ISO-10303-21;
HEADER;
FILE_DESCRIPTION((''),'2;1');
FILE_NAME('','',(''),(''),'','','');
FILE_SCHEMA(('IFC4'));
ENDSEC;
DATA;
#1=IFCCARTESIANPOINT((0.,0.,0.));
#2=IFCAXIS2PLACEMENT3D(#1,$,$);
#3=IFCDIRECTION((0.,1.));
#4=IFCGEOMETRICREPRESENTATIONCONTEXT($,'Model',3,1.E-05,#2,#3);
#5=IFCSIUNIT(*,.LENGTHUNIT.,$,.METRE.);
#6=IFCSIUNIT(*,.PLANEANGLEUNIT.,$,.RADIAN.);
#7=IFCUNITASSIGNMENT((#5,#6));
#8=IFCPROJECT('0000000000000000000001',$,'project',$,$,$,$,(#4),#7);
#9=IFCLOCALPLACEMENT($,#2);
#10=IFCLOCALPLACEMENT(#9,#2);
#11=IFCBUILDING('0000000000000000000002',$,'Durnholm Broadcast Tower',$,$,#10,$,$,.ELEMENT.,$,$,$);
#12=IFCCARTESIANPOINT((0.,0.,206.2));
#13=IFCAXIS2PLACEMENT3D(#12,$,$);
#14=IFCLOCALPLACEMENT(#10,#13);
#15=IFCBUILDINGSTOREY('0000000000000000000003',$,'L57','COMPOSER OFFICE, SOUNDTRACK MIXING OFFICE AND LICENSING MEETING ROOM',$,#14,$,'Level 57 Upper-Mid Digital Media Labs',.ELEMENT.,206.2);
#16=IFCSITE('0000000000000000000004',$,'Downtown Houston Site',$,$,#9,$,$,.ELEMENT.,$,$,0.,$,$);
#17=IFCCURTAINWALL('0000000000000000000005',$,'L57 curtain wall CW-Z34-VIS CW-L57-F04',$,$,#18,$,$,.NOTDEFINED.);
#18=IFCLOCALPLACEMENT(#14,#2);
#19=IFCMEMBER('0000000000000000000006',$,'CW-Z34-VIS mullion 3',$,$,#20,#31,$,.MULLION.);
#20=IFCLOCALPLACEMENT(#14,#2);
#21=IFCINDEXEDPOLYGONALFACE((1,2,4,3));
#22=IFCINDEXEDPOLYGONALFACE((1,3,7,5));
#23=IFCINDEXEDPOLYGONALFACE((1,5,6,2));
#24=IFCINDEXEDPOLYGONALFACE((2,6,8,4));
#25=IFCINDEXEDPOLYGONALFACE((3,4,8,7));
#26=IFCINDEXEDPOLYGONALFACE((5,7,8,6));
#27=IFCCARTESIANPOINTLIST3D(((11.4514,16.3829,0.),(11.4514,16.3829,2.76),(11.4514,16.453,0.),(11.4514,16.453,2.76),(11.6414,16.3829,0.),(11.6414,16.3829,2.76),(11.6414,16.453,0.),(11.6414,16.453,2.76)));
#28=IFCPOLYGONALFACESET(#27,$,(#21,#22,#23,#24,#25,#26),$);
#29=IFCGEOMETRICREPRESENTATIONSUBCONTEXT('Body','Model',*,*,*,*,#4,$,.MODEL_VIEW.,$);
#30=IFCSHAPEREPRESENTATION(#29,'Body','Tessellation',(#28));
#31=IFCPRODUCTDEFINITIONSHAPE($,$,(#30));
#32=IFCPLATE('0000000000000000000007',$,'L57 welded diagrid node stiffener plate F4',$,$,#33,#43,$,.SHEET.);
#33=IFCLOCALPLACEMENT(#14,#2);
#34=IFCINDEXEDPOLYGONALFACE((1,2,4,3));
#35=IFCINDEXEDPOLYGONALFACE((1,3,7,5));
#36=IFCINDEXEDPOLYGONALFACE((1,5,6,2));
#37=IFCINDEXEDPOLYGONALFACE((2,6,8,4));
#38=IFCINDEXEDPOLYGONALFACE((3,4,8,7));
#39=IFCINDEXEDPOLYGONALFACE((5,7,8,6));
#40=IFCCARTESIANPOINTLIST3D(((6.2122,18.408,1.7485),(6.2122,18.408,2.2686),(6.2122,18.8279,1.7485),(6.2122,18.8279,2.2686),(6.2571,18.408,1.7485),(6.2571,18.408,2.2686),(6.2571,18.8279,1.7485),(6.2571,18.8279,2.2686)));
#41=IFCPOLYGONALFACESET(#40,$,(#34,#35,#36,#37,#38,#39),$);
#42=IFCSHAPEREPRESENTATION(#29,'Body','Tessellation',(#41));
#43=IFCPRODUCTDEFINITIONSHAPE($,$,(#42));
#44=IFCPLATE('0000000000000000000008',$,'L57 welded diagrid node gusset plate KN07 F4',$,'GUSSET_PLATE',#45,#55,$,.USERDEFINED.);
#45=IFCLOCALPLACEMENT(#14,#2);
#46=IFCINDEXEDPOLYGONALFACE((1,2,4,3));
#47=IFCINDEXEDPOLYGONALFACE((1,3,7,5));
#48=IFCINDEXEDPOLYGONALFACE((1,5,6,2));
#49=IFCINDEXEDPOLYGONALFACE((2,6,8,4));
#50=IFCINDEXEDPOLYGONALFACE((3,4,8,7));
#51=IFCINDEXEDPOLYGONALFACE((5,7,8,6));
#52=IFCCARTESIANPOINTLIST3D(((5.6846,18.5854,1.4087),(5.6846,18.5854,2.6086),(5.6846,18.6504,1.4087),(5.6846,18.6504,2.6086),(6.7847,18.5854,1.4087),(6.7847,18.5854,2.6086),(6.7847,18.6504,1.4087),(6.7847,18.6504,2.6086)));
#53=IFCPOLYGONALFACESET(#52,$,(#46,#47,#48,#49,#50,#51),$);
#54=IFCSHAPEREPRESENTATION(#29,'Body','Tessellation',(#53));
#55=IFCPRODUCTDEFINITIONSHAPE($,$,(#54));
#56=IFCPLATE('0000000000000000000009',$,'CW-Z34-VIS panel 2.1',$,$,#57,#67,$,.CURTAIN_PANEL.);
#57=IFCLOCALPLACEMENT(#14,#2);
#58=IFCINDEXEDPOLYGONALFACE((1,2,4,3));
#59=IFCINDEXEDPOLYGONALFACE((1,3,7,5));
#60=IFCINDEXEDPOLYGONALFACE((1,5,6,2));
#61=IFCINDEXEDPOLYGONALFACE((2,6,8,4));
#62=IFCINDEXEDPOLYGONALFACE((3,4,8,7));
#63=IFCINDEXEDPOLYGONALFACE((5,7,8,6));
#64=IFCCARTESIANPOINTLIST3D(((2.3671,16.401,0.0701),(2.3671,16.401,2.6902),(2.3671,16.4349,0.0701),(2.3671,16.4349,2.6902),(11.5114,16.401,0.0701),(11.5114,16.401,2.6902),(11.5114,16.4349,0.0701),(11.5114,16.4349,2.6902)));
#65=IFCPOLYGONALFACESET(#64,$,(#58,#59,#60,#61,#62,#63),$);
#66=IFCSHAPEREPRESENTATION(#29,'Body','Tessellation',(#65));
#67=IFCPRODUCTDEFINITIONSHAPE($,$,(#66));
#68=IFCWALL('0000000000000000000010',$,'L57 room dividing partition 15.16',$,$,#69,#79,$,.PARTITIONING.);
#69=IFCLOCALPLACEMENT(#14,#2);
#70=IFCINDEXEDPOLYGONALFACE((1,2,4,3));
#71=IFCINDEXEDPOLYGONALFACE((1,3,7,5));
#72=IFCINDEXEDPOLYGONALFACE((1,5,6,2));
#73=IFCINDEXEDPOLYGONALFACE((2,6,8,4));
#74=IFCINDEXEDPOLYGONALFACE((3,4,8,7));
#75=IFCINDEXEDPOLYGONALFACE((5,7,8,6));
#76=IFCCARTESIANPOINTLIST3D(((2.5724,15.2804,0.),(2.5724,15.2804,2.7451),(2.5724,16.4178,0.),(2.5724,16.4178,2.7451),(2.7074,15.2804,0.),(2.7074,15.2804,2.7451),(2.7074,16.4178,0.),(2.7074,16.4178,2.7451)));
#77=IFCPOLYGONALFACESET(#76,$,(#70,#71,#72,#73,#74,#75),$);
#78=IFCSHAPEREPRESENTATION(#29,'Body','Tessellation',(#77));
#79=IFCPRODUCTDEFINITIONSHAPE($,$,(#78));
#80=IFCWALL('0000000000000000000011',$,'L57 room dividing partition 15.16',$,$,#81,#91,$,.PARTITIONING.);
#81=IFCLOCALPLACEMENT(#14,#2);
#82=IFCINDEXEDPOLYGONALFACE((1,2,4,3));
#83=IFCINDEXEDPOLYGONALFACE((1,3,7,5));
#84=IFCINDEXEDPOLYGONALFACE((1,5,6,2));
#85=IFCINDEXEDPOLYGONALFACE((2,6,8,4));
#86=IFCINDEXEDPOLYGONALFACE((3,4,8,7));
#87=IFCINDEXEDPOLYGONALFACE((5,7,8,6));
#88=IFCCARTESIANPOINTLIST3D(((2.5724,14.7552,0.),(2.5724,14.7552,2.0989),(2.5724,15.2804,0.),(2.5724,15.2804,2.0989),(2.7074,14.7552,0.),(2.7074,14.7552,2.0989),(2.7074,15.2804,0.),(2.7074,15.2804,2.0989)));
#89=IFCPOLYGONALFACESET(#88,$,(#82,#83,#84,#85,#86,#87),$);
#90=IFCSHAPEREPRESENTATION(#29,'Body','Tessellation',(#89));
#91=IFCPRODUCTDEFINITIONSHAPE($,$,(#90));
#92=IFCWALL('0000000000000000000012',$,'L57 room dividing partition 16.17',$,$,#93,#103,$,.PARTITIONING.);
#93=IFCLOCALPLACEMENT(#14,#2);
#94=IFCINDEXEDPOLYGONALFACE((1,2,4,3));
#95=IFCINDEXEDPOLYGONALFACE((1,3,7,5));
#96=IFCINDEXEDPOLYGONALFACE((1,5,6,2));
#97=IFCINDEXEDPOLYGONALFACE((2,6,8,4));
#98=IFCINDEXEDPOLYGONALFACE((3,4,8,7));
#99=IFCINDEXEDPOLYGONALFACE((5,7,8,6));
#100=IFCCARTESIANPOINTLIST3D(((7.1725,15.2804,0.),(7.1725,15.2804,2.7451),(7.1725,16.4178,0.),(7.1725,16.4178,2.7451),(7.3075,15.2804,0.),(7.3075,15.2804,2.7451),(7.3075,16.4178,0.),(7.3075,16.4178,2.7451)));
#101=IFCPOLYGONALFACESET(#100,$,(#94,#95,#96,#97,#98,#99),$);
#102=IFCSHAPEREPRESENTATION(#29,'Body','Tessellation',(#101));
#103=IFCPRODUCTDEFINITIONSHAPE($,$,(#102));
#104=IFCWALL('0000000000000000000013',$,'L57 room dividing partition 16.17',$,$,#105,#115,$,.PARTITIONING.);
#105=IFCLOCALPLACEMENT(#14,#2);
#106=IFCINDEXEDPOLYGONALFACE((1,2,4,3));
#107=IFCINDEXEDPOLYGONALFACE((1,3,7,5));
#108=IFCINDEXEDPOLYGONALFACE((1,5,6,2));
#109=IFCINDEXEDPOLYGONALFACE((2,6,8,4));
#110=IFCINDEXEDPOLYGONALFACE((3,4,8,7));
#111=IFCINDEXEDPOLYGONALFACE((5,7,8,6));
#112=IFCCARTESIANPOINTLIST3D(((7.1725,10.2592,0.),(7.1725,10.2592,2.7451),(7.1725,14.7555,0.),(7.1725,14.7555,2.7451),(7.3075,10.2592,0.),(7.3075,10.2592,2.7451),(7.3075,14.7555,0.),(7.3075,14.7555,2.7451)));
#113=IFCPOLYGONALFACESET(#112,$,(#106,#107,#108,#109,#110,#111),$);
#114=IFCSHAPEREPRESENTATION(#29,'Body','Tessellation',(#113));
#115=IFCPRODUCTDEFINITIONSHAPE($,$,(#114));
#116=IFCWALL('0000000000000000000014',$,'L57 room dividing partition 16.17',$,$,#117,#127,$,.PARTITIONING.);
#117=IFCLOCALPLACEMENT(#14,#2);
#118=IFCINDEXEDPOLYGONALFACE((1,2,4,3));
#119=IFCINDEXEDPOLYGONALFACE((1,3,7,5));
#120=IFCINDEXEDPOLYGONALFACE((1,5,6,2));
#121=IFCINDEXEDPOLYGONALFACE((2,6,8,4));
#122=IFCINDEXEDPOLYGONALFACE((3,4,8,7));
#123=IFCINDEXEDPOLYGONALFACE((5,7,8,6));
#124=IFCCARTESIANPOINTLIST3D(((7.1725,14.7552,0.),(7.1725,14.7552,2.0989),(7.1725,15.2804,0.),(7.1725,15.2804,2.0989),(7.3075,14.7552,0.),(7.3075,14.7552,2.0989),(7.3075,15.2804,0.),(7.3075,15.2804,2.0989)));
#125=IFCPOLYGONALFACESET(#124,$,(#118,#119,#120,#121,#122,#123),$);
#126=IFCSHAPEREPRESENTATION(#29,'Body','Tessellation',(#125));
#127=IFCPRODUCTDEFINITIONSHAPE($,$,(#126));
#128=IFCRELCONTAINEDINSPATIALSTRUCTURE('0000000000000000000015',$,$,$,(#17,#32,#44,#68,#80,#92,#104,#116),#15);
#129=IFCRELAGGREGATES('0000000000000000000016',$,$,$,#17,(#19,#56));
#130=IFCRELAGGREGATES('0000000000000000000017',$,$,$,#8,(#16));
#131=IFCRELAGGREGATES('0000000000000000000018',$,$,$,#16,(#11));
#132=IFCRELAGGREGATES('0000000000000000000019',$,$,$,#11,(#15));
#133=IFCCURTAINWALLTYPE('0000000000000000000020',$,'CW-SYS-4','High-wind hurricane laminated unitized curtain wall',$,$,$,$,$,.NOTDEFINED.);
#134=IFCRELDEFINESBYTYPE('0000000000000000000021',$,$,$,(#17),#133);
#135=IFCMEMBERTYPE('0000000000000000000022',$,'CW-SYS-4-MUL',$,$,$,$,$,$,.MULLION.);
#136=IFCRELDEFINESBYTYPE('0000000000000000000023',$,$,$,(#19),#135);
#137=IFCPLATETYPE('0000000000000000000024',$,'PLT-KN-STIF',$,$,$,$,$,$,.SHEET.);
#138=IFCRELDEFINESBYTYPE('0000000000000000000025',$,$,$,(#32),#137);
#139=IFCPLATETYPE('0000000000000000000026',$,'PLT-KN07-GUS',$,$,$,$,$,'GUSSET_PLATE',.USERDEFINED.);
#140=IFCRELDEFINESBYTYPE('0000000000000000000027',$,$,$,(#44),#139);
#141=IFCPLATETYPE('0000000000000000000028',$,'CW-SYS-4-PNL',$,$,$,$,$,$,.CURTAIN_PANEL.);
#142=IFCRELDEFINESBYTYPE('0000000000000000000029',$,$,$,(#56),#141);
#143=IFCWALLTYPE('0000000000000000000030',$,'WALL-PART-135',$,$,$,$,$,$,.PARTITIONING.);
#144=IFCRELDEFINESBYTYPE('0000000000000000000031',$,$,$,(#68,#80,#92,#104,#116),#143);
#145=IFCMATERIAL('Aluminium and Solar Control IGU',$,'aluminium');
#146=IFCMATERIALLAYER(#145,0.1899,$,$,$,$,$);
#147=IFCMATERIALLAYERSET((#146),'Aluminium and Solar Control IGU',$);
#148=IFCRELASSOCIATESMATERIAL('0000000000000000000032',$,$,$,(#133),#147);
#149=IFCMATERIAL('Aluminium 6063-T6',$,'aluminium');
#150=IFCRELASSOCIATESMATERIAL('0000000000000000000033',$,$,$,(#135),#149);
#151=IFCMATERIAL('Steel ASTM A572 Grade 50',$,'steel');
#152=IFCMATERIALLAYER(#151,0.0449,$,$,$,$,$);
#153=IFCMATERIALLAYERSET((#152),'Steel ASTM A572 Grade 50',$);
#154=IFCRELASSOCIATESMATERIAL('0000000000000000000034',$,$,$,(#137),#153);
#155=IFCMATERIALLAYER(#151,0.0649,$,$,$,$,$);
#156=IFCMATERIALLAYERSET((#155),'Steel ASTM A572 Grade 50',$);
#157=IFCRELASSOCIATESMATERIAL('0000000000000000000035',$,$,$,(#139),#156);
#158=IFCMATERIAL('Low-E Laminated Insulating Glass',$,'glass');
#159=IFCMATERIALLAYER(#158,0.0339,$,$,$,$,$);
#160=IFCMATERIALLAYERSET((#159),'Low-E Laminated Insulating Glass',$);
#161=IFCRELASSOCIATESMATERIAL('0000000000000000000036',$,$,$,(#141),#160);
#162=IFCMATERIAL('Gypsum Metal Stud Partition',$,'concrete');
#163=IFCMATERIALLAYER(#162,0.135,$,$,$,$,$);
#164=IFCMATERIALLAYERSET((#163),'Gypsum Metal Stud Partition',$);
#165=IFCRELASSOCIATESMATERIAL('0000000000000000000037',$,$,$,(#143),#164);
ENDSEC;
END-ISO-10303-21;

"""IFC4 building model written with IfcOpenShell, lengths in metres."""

from ifc_helpers import new_model, si_unit, direction, frame, frame_2d, origin, origin_2d, place, context, subcontext, project, spatial, rectangle, extrude, source, transform, mapped, material, layer, layer_set, material_profile, profile_set, type_object, type_shapes, element, aggregate, save


model = new_model("IFC4")

# Units and contexts
model_context = context("Model", 3, precision=1e-05, world=origin(), true_north=direction((0.0, 1.0)))
body_context = subcontext(model_context, "Body", "Model", "MODEL_VIEW")
ifc_project = project(units=[si_unit("LENGTHUNIT", "METRE"), si_unit("PLANEANGLEUNIT", "RADIAN")], contexts=[model_context])

# Site, building, storey
site_placement = place(None, origin())
site = spatial("IfcSite", under=ifc_project, at=site_placement, Name="Downtown Houston Site", CompositionType="ELEMENT", RefElevation=0.0)
building_placement = place(site_placement, origin())
building = spatial("IfcBuilding", under=site, at=building_placement, Name="Durnholm Broadcast Tower", CompositionType="ELEMENT")
storey_placement = place(building_placement, frame((0.0, 0.0, 206.2)))
storey = spatial("IfcBuildingStorey", under=building, at=storey_placement, Name="L57", Description="COMPOSER OFFICE, SOUNDTRACK MIXING OFFICE AND LICENSING MEETING ROOM", LongName="Level 57 Upper-Mid Digital Media Labs", CompositionType="ELEMENT", Elevation=206.2)

# Curtain wall, member
ifc_material_1 = material(Name="Aluminium and Solar Control IGU", Category="aluminium")
ifc_material_2 = material(Name="Aluminium 6063-T6", Category="aluminium")
ifc_layer_1 = layer(ifc_material_1, 0.1899)
ifc_layer_set_1 = layer_set([ifc_layer_1], Name="Aluminium and Solar Control IGU")
curtain_wall_type_1 = type_object("IfcCurtainWallType", Name="CW-SYS-4", Description="High-wind hurricane laminated unitized curtain wall", PredefinedType="NOTDEFINED", material=ifc_layer_set_1)
curtain_wall_1_placement = place(storey_placement, origin())
curtain_wall_1 = element("IfcCurtainWall", 1, at=curtain_wall_1_placement, inside=storey, type_object=curtain_wall_type_1, Name="L57 curtain wall CW-Z34-VIS CW-L57-F04", PredefinedType="NOTDEFINED")
ifc_material_profile_1 = material_profile(ifc_material_2, rectangle(XDim=0.0701, YDim=0.1899, at=origin_2d()), Name="CWM70X190")
ifc_profile_set_1 = profile_set([ifc_material_profile_1], Name="Aluminium 6063-T6")
member_type_1 = type_object("IfcMemberType", Name="CW-SYS-4-MUL", PredefinedType="MULLION", material=ifc_profile_set_1)
shared_shape_1 = source(origin(), body_context, "Body", "SweptSolid", [
    extrude(rectangle(XDim=0.0701, YDim=0.1899, at=origin_2d()), origin(), (0.0, 0.0, 1.0), 2.76),
])
type_shapes(member_type_1, [shared_shape_1])
member_1_placement = place(storey_placement, frame((11.5464, 16.418, 0.0), z_axis=(0.0, 0.0, 1.0), x_axis=(0.0, 1.0, 0.0)))
member_1 = element("IfcMember", 2, at=member_1_placement, type_object=member_type_1, Name="CW-Z34-VIS mullion 3", PredefinedType="MULLION", context=body_context, shape_type="MappedRepresentation", body=[
    mapped(shared_shape_1, transform((0.0, 0.0, 0.0), x_axis=(1.0, 0.0, 0.0), y_axis=(0.0, 1.0, 0.0), z_axis=(0.0, 0.0, 1.0), scale=1.0)),
])

# Plates
ifc_material_3 = material(Name="Steel ASTM A572 Grade 50", Category="steel")
ifc_layer_2 = layer(ifc_material_3, 0.0449)
ifc_layer_set_2 = layer_set([ifc_layer_2], Name="Steel ASTM A572 Grade 50")
plate_type_1 = type_object("IfcPlateType", Name="PLT-KN-STIF", PredefinedType="SHEET", material=ifc_layer_set_2)
shared_shape_2 = source(origin(), body_context, "Body", "SweptSolid", [
    extrude(rectangle(XDim=0.0449, YDim=0.4199, at=origin_2d()), origin(), (0.0, 0.0, 1.0), 0.52),
])
type_shapes(plate_type_1, [shared_shape_2])
plate_1_placement = place(storey_placement, frame((6.2346, 18.6179, 1.7485), z_axis=(0.0, 0.0, 1.0), x_axis=(-1.0, 0.0, 0.0)))
element("IfcPlate", 3, at=plate_1_placement, inside=storey, type_object=plate_type_1, Name="L57 welded diagrid node stiffener plate F4", PredefinedType="SHEET", context=body_context, shape_type="MappedRepresentation", body=[
    mapped(shared_shape_2, transform((0.0, 0.0, 0.0), x_axis=(1.0, 0.0, 0.0), y_axis=(0.0, 1.0, 0.0), z_axis=(0.0, 0.0, 1.0), scale=1.0)),
])
ifc_layer_3 = layer(ifc_material_3, 0.0649)
ifc_layer_set_3 = layer_set([ifc_layer_3], Name="Steel ASTM A572 Grade 50")
plate_type_2 = type_object("IfcPlateType", Name="PLT-KN07-GUS", ElementType="GUSSET_PLATE", PredefinedType="USERDEFINED", material=ifc_layer_set_3)
shared_shape_3 = source(origin(), body_context, "Body", "SweptSolid", [
    extrude(rectangle(XDim=1.1001, YDim=0.0649, at=origin_2d()), origin(), (0.0, 0.0, 1.0), 1.2),
])
type_shapes(plate_type_2, [shared_shape_3])
plate_2_placement = place(storey_placement, frame((6.2346, 18.6179, 1.4087), z_axis=(0.0, 0.0, 1.0), x_axis=(-1.0, 0.0, 0.0)))
element("IfcPlate", 4, at=plate_2_placement, inside=storey, type_object=plate_type_2, Name="L57 welded diagrid node gusset plate KN07 F4", ObjectType="GUSSET_PLATE", PredefinedType="USERDEFINED", context=body_context, shape_type="MappedRepresentation", body=[
    mapped(shared_shape_3, transform((0.0, 0.0, 0.0), x_axis=(1.0, 0.0, 0.0), y_axis=(0.0, 1.0, 0.0), z_axis=(0.0, 0.0, 1.0), scale=1.0)),
])

# Plate
ifc_material_4 = material(Name="Low-E Laminated Insulating Glass", Category="glass")
ifc_layer_4 = layer(ifc_material_4, 0.0339)
ifc_layer_set_4 = layer_set([ifc_layer_4], Name="Low-E Laminated Insulating Glass")
plate_type_3 = type_object("IfcPlateType", Name="CW-SYS-4-PNL", PredefinedType="CURTAIN_PANEL", material=ifc_layer_set_4)
shared_shape_4 = source(origin(), body_context, "Body", "SweptSolid", [
    extrude(rectangle(XDim=9.1443, YDim=0.0339, at=origin_2d()), origin(), (0.0, 0.0, 1.0), 2.6201),
])
type_shapes(plate_type_3, [shared_shape_4])
plate_3_placement = place(storey_placement, frame((6.9392, 16.418, 0.0701), z_axis=(0.0, 0.0, 1.0), x_axis=(1.0, 0.0, 0.0)))
plate_3 = element("IfcPlate", 5, at=plate_3_placement, type_object=plate_type_3, Name="CW-Z34-VIS panel 2.1", PredefinedType="CURTAIN_PANEL", context=body_context, shape_type="MappedRepresentation", body=[
    mapped(shared_shape_4, transform((0.0, 0.0, 0.0), x_axis=(1.0, 0.0, 0.0), y_axis=(0.0, 1.0, 0.0), z_axis=(0.0, 0.0, 1.0), scale=1.0)),
])
aggregate(curtain_wall_1, [member_1, plate_3])

# Walls
ifc_material_5 = material(Name="Gypsum Metal Stud Partition", Category="concrete")
ifc_layer_5 = layer(ifc_material_5, 0.135)
ifc_layer_set_5 = layer_set([ifc_layer_5], Name="Gypsum Metal Stud Partition")
wall_type = type_object("IfcWallType", Name="WALL-PART-135", PredefinedType="PARTITIONING", material=ifc_layer_set_5)
wall_1_placement = place(storey_placement, frame((2.6399, 16.418, 0.0), z_axis=(0.0, 0.0, 1.0), x_axis=(0.0, -1.0, 0.0)))
element("IfcWall", 6, at=wall_1_placement, inside=storey, type_object=wall_type, Name="L57 room dividing partition 15.16", PredefinedType="PARTITIONING", context=body_context, shape_type="SweptSolid", body=[
    extrude(rectangle(XDim=1.1375, YDim=0.135, at=frame_2d((0.5688, 0.0))), origin(), (0.0, 0.0, 1.0), 2.7451),
])
wall_2_placement = place(storey_placement, frame((2.6399, 15.2805, 0.0), z_axis=(0.0, 0.0, 1.0), x_axis=(0.0, -1.0, 0.0)))
element("IfcWall", 7, at=wall_2_placement, inside=storey, type_object=wall_type, Name="L57 room dividing partition 15.16", PredefinedType="PARTITIONING", context=body_context, shape_type="SweptSolid", body=[
    extrude(rectangle(XDim=0.5251, YDim=0.135, at=frame_2d((0.2627, 0.0))), origin(), (0.0, 0.0, 1.0), 2.0989),
])
wall_3_placement = place(storey_placement, frame((7.24, 16.418, 0.0), z_axis=(0.0, 0.0, 1.0), x_axis=(0.0, -1.0, 0.0)))
element("IfcWall", 8, at=wall_3_placement, inside=storey, type_object=wall_type, Name="L57 room dividing partition 16.17", PredefinedType="PARTITIONING", context=body_context, shape_type="SweptSolid", body=[
    extrude(rectangle(XDim=1.1375, YDim=0.135, at=frame_2d((0.5688, 0.0))), origin(), (0.0, 0.0, 1.0), 2.7451),
])
wall_4_placement = place(storey_placement, frame((7.24, 14.7554, 0.0), z_axis=(0.0, 0.0, 1.0), x_axis=(0.0, -1.0, 0.0)))
element("IfcWall", 9, at=wall_4_placement, inside=storey, type_object=wall_type, Name="L57 room dividing partition 16.17", PredefinedType="PARTITIONING", context=body_context, shape_type="SweptSolid", body=[
    extrude(rectangle(XDim=4.4963, YDim=0.135, at=frame_2d((2.248, 0.0))), origin(), (0.0, 0.0, 1.0), 2.7451),
])
wall_5_placement = place(storey_placement, frame((7.24, 15.2805, 0.0), z_axis=(0.0, 0.0, 1.0), x_axis=(0.0, -1.0, 0.0)))
element("IfcWall", 10, at=wall_5_placement, inside=storey, type_object=wall_type, Name="L57 room dividing partition 16.17", PredefinedType="PARTITIONING", context=body_context, shape_type="SweptSolid", body=[
    extrude(rectangle(XDim=0.5251, YDim=0.135, at=frame_2d((0.2627, 0.0))), origin(), (0.0, 0.0, 1.0), 2.0989),
])

save(model, "model.ifc")
